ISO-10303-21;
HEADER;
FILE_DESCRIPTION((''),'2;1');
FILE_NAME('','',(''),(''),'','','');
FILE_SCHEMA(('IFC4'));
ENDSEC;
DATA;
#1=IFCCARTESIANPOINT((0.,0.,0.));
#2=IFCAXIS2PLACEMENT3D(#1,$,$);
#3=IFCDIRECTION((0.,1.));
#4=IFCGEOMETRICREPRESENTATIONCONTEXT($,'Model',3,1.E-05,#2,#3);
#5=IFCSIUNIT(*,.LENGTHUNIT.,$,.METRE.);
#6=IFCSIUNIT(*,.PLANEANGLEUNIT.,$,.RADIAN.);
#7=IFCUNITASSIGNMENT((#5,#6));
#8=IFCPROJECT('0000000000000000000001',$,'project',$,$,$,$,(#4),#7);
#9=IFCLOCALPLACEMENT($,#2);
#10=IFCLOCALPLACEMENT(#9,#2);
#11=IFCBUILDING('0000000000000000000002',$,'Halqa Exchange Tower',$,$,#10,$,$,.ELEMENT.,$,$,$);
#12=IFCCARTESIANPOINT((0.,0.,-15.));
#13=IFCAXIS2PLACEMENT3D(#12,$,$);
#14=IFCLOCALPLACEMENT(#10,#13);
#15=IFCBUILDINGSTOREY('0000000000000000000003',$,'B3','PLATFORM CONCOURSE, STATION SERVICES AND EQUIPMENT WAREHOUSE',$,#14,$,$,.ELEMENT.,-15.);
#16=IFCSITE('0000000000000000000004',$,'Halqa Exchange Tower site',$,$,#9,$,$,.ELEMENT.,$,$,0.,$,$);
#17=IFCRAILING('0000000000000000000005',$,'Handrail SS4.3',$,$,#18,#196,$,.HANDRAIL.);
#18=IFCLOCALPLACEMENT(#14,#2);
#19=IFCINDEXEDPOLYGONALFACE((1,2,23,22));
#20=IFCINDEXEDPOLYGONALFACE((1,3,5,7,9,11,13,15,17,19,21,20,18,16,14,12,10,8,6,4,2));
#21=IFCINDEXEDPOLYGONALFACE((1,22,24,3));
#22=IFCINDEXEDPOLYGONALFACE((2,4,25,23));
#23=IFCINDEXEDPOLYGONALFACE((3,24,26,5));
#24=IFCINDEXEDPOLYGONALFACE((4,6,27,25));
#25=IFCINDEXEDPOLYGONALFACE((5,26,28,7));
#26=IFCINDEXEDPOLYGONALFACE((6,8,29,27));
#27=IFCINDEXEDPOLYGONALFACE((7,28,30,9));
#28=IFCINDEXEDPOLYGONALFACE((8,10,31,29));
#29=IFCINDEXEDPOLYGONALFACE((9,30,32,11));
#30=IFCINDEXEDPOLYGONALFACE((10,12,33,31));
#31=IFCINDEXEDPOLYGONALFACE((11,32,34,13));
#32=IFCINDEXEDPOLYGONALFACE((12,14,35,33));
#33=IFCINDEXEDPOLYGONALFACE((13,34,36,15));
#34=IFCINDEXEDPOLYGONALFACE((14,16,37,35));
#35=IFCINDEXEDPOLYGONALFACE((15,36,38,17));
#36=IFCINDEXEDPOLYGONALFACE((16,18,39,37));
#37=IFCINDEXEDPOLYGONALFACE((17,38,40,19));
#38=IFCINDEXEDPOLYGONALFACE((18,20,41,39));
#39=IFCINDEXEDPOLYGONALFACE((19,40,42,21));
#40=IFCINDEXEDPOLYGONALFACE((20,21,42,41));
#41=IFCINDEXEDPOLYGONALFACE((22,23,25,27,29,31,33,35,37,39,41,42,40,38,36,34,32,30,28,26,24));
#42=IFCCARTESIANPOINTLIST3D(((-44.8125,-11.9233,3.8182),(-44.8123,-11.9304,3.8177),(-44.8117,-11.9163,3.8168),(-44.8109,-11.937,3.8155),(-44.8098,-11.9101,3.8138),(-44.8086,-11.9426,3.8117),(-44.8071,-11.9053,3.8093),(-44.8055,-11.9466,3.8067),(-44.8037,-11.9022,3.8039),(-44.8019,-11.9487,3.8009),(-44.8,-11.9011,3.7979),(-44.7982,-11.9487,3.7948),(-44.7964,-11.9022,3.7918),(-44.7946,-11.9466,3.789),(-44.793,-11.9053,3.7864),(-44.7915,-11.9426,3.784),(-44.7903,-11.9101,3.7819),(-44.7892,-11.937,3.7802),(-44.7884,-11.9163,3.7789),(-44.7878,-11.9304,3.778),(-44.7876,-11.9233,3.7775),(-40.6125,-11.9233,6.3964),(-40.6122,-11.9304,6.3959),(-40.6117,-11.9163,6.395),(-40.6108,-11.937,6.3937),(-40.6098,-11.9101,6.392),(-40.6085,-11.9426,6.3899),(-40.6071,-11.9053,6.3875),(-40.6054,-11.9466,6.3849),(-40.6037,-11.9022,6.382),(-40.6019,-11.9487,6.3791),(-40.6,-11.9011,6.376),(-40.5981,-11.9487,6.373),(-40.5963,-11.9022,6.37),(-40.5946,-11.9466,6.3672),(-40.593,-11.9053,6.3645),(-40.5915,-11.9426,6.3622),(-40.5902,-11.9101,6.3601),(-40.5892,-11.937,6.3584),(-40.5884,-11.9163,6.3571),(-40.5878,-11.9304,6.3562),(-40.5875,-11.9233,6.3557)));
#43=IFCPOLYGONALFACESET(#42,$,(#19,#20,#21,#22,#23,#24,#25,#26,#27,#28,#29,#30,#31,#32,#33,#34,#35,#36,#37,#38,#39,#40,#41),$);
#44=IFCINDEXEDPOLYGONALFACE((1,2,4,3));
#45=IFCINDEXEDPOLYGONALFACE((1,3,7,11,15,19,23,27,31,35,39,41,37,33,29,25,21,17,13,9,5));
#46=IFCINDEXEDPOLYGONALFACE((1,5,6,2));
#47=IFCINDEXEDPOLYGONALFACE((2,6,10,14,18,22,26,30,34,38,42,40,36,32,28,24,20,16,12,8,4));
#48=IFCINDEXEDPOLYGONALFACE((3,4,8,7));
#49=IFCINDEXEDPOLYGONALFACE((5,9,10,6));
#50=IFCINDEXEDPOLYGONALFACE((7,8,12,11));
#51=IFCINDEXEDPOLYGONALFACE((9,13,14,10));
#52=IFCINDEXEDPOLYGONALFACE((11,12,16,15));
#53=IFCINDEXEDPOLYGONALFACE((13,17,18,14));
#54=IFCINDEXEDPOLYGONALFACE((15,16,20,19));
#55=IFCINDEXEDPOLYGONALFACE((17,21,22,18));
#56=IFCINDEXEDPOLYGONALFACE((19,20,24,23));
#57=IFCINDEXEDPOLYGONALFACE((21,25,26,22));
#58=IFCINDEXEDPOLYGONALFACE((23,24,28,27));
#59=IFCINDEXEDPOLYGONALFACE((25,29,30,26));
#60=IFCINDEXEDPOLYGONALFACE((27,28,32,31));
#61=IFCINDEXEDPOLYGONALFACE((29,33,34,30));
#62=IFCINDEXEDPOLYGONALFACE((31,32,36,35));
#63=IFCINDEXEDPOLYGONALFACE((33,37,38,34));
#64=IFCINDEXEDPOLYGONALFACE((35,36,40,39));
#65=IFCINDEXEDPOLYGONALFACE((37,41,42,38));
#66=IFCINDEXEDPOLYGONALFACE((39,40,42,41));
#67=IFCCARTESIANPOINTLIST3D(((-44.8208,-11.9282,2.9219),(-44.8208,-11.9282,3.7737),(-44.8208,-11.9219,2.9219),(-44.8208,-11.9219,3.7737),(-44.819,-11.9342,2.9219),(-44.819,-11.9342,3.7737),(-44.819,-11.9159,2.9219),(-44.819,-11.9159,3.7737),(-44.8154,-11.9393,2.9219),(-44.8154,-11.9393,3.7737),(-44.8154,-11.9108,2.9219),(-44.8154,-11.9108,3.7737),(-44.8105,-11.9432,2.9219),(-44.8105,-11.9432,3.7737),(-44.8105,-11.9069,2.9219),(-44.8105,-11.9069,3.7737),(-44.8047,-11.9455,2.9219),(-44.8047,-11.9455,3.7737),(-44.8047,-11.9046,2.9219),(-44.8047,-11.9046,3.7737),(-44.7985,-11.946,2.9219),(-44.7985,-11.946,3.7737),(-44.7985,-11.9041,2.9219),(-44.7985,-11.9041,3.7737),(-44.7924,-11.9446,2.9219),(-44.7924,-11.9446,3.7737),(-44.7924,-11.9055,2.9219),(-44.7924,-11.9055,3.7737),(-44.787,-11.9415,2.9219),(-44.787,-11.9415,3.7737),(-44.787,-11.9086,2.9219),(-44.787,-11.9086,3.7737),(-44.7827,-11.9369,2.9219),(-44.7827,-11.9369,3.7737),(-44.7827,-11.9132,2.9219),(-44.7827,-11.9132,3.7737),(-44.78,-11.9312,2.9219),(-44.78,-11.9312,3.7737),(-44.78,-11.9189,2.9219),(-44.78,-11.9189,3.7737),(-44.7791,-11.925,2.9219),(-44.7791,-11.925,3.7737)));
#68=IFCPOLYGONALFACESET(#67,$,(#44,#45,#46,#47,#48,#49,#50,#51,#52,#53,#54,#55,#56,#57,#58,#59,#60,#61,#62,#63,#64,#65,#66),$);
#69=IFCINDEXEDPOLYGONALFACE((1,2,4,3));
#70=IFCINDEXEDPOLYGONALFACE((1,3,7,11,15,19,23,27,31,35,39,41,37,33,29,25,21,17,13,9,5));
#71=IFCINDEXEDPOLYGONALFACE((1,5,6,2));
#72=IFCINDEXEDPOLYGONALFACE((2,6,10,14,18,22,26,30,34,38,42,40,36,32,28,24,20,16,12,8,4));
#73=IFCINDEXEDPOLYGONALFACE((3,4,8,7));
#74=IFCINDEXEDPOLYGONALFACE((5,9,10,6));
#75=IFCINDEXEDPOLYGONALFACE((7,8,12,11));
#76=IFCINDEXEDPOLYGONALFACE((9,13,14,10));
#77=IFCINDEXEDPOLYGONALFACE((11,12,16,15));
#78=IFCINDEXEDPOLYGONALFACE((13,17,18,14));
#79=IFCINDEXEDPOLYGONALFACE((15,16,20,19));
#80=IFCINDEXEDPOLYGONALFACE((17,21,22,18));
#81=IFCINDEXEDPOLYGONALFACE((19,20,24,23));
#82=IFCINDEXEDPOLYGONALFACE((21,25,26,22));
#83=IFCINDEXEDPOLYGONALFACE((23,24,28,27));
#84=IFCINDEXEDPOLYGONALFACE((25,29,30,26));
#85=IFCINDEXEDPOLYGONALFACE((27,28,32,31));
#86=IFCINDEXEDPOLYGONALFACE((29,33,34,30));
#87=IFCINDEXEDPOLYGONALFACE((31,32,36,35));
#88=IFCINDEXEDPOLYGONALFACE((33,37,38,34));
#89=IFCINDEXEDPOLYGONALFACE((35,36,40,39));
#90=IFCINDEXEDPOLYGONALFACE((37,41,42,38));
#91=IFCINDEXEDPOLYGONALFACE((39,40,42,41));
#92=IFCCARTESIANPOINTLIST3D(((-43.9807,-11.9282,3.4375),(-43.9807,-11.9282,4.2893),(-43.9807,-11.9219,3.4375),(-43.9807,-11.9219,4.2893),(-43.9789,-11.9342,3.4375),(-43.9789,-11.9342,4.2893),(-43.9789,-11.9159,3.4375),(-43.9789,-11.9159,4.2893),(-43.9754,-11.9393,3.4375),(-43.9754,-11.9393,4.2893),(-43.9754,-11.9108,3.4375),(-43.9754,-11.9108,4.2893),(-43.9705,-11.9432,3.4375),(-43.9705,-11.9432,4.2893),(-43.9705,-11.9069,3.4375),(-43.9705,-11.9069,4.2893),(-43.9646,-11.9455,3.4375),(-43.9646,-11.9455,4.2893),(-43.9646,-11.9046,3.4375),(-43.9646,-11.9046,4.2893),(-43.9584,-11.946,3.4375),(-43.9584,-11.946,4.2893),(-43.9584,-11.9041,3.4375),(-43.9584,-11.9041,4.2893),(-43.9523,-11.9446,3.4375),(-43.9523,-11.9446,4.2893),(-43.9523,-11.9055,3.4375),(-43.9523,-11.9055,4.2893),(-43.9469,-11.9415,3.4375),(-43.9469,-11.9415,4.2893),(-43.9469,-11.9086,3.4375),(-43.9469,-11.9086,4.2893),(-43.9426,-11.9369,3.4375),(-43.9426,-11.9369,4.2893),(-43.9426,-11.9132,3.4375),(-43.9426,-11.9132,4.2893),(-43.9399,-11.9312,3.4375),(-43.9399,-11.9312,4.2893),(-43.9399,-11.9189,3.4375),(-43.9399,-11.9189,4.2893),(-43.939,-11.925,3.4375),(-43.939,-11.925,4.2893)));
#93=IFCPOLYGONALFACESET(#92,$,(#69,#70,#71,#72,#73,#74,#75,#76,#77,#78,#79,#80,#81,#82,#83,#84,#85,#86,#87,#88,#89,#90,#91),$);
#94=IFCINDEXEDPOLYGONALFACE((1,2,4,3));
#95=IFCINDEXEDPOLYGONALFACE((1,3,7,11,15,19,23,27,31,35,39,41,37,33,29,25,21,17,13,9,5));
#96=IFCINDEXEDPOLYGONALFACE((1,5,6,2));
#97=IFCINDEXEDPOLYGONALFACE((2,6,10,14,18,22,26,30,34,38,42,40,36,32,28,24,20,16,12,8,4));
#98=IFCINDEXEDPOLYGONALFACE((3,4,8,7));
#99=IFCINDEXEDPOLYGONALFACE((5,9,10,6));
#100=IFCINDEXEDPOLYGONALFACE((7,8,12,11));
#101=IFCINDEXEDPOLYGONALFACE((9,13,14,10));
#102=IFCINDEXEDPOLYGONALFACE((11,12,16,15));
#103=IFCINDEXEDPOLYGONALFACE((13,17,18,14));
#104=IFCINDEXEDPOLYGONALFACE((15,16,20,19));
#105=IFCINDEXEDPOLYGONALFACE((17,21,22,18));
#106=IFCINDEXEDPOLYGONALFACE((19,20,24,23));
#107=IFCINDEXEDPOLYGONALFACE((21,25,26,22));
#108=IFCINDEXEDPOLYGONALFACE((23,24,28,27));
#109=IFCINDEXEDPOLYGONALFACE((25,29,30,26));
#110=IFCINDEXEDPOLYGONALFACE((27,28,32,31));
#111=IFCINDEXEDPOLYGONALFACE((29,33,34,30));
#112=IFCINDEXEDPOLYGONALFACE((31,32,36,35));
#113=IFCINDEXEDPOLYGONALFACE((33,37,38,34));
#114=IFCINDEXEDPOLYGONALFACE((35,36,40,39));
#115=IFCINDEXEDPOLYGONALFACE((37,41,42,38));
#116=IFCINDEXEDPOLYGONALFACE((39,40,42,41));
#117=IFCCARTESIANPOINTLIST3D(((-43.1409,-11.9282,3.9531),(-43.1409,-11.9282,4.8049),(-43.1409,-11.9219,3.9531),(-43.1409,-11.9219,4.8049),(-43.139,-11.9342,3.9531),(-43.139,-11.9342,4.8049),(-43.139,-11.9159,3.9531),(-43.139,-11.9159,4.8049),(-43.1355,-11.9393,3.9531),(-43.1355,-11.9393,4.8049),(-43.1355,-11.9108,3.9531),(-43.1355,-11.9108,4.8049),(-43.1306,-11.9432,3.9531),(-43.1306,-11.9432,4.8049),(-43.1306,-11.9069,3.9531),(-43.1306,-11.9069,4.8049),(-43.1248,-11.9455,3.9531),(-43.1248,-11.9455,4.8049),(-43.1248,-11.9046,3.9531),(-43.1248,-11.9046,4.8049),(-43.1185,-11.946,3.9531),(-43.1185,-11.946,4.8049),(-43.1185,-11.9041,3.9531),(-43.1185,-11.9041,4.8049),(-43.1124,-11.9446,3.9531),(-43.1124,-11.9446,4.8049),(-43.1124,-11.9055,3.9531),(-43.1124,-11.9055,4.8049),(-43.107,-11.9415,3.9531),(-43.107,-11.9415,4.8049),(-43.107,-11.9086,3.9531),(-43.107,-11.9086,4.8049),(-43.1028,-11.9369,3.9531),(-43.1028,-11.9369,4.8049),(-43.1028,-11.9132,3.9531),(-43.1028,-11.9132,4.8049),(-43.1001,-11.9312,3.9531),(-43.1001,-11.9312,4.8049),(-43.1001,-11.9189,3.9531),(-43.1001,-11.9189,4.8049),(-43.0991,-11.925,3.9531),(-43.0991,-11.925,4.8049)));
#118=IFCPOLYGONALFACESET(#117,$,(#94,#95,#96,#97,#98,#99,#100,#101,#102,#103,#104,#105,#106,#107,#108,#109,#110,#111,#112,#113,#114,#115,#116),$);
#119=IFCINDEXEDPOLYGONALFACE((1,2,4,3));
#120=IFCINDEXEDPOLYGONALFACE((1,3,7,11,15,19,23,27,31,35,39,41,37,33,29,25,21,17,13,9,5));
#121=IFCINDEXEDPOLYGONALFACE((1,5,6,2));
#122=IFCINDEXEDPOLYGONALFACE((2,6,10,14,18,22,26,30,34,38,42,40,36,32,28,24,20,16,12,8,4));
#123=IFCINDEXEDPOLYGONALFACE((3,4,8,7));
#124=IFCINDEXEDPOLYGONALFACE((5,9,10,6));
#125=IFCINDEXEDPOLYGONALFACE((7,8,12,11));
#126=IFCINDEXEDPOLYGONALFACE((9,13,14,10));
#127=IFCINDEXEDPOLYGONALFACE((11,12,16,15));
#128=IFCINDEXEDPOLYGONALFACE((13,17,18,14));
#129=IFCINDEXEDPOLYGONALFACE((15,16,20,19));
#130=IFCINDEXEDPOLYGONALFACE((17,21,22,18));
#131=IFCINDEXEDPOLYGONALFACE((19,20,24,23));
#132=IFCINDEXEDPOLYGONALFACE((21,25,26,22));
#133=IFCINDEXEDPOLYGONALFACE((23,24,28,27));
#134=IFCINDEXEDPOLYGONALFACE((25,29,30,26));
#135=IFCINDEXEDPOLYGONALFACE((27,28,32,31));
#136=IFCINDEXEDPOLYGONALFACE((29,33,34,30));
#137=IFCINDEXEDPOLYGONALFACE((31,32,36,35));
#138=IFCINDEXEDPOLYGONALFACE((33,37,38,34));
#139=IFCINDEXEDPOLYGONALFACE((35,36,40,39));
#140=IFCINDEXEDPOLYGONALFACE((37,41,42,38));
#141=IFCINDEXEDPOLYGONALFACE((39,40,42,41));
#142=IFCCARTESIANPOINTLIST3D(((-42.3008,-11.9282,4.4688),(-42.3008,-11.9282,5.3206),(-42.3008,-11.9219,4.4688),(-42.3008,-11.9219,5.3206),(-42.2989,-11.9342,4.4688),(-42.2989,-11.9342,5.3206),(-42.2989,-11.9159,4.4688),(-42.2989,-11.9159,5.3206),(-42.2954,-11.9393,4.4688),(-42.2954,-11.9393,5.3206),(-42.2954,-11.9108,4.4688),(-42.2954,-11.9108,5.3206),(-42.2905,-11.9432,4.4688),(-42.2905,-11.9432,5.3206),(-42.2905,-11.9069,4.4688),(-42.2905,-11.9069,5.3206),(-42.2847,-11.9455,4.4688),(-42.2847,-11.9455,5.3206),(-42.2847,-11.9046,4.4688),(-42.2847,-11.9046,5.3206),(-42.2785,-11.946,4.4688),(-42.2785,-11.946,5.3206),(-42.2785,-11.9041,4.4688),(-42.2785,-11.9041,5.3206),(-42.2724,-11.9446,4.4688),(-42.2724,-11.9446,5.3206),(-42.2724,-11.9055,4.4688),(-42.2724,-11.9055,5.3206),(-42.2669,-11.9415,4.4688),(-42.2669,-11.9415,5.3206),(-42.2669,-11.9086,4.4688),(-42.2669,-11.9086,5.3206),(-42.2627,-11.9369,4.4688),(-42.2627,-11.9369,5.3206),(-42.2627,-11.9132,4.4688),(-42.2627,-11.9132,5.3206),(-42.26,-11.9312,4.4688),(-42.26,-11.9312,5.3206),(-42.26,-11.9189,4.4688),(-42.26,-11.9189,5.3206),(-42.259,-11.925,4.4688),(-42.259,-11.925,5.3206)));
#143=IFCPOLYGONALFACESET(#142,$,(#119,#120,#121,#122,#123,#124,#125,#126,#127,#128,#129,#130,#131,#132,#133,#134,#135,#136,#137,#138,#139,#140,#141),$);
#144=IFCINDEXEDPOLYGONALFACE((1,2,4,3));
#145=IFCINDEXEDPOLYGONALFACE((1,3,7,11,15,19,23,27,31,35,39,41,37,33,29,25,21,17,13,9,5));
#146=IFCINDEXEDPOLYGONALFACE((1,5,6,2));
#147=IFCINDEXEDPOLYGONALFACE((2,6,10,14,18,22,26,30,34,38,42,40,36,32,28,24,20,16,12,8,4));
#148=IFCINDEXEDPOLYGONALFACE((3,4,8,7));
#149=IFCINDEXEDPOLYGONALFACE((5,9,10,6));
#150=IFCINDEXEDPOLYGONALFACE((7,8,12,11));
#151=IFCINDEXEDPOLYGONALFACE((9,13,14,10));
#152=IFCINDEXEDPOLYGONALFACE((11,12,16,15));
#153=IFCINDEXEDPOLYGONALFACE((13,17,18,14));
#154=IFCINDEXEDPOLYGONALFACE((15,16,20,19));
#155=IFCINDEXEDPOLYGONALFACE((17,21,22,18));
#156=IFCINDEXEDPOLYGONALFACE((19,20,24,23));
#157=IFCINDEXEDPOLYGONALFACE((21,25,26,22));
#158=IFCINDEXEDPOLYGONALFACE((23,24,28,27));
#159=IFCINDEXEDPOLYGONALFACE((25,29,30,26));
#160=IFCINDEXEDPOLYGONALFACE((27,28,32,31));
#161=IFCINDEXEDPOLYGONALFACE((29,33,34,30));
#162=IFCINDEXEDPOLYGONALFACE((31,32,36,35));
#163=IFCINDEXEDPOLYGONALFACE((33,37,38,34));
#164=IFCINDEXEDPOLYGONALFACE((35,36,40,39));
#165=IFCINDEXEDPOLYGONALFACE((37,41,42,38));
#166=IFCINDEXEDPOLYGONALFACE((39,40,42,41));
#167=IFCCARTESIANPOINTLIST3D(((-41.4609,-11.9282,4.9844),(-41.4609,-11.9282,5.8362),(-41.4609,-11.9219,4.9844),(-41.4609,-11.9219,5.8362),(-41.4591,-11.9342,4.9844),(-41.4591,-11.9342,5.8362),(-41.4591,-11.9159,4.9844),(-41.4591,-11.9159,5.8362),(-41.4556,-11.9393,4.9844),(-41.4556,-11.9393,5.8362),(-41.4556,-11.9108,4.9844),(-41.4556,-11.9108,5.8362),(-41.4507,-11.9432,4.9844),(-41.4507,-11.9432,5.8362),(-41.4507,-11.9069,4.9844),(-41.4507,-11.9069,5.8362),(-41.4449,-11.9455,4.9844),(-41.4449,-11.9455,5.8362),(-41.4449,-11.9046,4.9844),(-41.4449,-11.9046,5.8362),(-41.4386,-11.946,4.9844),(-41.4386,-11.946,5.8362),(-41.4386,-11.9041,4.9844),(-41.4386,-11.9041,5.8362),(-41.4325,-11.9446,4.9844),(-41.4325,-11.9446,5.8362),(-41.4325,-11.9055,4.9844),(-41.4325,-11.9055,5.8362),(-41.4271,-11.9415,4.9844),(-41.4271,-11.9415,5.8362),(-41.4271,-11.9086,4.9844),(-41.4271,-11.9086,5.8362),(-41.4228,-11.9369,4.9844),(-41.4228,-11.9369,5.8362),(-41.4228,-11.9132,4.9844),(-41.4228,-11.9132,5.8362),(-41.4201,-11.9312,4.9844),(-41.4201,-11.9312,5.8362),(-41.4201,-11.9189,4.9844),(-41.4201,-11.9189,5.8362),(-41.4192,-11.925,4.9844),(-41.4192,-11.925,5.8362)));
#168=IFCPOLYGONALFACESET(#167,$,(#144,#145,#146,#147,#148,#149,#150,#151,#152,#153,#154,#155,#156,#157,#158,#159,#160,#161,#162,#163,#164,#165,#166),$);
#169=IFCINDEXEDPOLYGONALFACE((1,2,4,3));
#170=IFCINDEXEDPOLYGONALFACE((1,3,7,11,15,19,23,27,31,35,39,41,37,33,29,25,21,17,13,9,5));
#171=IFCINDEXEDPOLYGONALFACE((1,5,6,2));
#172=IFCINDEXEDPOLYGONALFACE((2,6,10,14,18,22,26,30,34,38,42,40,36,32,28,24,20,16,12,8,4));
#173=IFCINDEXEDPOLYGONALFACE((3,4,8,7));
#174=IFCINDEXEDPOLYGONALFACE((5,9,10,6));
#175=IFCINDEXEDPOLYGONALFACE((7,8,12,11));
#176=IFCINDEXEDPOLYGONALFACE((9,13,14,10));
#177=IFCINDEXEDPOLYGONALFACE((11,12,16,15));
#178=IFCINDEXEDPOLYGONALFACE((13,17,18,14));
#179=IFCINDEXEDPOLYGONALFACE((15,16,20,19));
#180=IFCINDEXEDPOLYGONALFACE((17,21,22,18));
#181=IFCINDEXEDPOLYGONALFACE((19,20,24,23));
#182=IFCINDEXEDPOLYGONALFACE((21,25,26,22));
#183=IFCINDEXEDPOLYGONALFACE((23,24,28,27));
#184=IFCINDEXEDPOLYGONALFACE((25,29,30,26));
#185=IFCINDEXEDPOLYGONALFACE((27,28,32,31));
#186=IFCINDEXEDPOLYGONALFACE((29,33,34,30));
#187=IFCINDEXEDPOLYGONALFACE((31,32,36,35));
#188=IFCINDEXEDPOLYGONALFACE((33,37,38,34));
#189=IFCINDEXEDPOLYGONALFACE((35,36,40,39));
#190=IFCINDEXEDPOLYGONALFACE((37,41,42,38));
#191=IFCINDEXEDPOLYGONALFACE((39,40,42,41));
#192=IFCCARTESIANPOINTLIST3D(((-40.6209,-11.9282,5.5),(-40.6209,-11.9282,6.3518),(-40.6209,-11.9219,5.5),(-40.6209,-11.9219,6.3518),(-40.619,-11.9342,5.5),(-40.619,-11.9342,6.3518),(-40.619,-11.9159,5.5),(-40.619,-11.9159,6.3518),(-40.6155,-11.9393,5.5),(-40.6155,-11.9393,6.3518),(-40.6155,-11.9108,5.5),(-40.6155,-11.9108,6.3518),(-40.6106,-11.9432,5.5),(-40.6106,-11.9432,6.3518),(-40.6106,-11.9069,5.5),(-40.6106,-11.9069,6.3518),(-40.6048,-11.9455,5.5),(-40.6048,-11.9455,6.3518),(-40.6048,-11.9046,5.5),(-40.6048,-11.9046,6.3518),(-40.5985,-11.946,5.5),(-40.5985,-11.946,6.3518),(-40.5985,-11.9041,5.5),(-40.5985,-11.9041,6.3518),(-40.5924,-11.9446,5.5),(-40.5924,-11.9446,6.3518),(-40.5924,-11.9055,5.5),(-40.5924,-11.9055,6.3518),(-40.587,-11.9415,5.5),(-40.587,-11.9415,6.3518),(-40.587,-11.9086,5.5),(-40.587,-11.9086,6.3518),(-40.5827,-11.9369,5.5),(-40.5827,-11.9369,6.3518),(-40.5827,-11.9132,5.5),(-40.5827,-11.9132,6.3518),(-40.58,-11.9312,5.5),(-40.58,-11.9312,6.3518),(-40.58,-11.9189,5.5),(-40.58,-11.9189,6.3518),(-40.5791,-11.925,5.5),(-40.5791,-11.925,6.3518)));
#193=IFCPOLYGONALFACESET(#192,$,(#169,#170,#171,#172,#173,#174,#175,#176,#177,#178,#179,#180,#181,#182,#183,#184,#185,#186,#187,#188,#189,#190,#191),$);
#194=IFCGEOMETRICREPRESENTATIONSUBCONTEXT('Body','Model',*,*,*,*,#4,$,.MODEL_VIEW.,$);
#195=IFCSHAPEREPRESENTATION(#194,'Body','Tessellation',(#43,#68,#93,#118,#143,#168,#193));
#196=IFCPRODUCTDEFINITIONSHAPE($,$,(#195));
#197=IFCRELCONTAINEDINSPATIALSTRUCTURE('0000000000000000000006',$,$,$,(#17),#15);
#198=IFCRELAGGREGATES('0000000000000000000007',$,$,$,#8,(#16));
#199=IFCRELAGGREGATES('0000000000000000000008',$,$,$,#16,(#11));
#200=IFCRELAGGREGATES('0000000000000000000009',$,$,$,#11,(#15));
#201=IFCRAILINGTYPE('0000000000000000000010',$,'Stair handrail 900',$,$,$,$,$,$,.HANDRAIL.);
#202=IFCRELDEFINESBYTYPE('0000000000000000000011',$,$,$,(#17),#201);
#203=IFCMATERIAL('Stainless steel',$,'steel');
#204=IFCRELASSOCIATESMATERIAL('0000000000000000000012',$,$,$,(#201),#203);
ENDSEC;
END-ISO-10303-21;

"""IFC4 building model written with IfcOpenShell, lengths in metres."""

from ifc_helpers import new_model, si_unit, direction, frame, origin, origin_2d, place, context, subcontext, project, spatial, circle, extrude, material, type_object, element, save


model = new_model("IFC4")

# Units and contexts
model_context = context("Model", 3, precision=1e-05, world=origin(), true_north=direction((0.0, 1.0)))
body_context = subcontext(model_context, "Body", "Model", "MODEL_VIEW")
ifc_project = project(units=[si_unit("LENGTHUNIT", "METRE"), si_unit("PLANEANGLEUNIT", "RADIAN")], contexts=[model_context])

# Site, building, storey
site_placement = place(None, origin())
site = spatial("IfcSite", under=ifc_project, at=site_placement, Name="Halqa Exchange Tower site", CompositionType="ELEMENT", RefElevation=0.0)
building_placement = place(site_placement, origin())
building = spatial("IfcBuilding", under=site, at=building_placement, Name="Halqa Exchange Tower", CompositionType="ELEMENT")
storey_placement = place(building_placement, frame((0.0, 0.0, -15.0)))
storey = spatial("IfcBuildingStorey", under=building, at=storey_placement, Name="B3", Description="PLATFORM CONCOURSE, STATION SERVICES AND EQUIPMENT WAREHOUSE", CompositionType="ELEMENT", Elevation=-15.0)

# Railing
ifc_material_1 = material(Name="Stainless steel", Category="steel")
railing_type = type_object("IfcRailingType", Name="Stair handrail 900", PredefinedType="HANDRAIL", material=ifc_material_1)
railing_placement = place(storey_placement, frame((-44.8, -11.925, 2.9219)))
element("IfcRailing", 1, at=railing_placement, inside=storey, type_object=railing_type, Name="Handrail SS4.3", PredefinedType="HANDRAIL", context=body_context, shape_type="SweptSolid", body=[
    extrude(circle(Radius=0.0239, at=origin_2d()), frame((0.0, 0.0, 0.876), z_axis=(0.852243, 0.0, 0.523146), x_axis=(0.0, 1.0, 0.0)), (0.0, 0.0, 1.0), 4.9282),
    extrude(circle(Radius=0.021, at=origin_2d()), origin(), (0.0, 0.0, 1.0), 0.8518),
    extrude(circle(Radius=0.021, at=origin_2d()), frame((0.8401, 0.0, 0.5156)), (0.0, 0.0, 1.0), 0.8518),
    extrude(circle(Radius=0.021, at=origin_2d()), frame((1.6799, 0.0, 1.0312)), (0.0, 0.0, 1.0), 0.8518),
    extrude(circle(Radius=0.021, at=origin_2d()), frame((2.52, 0.0, 1.5469)), (0.0, 0.0, 1.0), 0.8518),
    extrude(circle(Radius=0.021, at=origin_2d()), frame((3.3599, 0.0, 2.0625)), (0.0, 0.0, 1.0), 0.8518),
    extrude(circle(Radius=0.021, at=origin_2d()), frame((4.2, 0.0, 2.5781)), (0.0, 0.0, 1.0), 0.8518),
])

save(model, "model.ifc")
